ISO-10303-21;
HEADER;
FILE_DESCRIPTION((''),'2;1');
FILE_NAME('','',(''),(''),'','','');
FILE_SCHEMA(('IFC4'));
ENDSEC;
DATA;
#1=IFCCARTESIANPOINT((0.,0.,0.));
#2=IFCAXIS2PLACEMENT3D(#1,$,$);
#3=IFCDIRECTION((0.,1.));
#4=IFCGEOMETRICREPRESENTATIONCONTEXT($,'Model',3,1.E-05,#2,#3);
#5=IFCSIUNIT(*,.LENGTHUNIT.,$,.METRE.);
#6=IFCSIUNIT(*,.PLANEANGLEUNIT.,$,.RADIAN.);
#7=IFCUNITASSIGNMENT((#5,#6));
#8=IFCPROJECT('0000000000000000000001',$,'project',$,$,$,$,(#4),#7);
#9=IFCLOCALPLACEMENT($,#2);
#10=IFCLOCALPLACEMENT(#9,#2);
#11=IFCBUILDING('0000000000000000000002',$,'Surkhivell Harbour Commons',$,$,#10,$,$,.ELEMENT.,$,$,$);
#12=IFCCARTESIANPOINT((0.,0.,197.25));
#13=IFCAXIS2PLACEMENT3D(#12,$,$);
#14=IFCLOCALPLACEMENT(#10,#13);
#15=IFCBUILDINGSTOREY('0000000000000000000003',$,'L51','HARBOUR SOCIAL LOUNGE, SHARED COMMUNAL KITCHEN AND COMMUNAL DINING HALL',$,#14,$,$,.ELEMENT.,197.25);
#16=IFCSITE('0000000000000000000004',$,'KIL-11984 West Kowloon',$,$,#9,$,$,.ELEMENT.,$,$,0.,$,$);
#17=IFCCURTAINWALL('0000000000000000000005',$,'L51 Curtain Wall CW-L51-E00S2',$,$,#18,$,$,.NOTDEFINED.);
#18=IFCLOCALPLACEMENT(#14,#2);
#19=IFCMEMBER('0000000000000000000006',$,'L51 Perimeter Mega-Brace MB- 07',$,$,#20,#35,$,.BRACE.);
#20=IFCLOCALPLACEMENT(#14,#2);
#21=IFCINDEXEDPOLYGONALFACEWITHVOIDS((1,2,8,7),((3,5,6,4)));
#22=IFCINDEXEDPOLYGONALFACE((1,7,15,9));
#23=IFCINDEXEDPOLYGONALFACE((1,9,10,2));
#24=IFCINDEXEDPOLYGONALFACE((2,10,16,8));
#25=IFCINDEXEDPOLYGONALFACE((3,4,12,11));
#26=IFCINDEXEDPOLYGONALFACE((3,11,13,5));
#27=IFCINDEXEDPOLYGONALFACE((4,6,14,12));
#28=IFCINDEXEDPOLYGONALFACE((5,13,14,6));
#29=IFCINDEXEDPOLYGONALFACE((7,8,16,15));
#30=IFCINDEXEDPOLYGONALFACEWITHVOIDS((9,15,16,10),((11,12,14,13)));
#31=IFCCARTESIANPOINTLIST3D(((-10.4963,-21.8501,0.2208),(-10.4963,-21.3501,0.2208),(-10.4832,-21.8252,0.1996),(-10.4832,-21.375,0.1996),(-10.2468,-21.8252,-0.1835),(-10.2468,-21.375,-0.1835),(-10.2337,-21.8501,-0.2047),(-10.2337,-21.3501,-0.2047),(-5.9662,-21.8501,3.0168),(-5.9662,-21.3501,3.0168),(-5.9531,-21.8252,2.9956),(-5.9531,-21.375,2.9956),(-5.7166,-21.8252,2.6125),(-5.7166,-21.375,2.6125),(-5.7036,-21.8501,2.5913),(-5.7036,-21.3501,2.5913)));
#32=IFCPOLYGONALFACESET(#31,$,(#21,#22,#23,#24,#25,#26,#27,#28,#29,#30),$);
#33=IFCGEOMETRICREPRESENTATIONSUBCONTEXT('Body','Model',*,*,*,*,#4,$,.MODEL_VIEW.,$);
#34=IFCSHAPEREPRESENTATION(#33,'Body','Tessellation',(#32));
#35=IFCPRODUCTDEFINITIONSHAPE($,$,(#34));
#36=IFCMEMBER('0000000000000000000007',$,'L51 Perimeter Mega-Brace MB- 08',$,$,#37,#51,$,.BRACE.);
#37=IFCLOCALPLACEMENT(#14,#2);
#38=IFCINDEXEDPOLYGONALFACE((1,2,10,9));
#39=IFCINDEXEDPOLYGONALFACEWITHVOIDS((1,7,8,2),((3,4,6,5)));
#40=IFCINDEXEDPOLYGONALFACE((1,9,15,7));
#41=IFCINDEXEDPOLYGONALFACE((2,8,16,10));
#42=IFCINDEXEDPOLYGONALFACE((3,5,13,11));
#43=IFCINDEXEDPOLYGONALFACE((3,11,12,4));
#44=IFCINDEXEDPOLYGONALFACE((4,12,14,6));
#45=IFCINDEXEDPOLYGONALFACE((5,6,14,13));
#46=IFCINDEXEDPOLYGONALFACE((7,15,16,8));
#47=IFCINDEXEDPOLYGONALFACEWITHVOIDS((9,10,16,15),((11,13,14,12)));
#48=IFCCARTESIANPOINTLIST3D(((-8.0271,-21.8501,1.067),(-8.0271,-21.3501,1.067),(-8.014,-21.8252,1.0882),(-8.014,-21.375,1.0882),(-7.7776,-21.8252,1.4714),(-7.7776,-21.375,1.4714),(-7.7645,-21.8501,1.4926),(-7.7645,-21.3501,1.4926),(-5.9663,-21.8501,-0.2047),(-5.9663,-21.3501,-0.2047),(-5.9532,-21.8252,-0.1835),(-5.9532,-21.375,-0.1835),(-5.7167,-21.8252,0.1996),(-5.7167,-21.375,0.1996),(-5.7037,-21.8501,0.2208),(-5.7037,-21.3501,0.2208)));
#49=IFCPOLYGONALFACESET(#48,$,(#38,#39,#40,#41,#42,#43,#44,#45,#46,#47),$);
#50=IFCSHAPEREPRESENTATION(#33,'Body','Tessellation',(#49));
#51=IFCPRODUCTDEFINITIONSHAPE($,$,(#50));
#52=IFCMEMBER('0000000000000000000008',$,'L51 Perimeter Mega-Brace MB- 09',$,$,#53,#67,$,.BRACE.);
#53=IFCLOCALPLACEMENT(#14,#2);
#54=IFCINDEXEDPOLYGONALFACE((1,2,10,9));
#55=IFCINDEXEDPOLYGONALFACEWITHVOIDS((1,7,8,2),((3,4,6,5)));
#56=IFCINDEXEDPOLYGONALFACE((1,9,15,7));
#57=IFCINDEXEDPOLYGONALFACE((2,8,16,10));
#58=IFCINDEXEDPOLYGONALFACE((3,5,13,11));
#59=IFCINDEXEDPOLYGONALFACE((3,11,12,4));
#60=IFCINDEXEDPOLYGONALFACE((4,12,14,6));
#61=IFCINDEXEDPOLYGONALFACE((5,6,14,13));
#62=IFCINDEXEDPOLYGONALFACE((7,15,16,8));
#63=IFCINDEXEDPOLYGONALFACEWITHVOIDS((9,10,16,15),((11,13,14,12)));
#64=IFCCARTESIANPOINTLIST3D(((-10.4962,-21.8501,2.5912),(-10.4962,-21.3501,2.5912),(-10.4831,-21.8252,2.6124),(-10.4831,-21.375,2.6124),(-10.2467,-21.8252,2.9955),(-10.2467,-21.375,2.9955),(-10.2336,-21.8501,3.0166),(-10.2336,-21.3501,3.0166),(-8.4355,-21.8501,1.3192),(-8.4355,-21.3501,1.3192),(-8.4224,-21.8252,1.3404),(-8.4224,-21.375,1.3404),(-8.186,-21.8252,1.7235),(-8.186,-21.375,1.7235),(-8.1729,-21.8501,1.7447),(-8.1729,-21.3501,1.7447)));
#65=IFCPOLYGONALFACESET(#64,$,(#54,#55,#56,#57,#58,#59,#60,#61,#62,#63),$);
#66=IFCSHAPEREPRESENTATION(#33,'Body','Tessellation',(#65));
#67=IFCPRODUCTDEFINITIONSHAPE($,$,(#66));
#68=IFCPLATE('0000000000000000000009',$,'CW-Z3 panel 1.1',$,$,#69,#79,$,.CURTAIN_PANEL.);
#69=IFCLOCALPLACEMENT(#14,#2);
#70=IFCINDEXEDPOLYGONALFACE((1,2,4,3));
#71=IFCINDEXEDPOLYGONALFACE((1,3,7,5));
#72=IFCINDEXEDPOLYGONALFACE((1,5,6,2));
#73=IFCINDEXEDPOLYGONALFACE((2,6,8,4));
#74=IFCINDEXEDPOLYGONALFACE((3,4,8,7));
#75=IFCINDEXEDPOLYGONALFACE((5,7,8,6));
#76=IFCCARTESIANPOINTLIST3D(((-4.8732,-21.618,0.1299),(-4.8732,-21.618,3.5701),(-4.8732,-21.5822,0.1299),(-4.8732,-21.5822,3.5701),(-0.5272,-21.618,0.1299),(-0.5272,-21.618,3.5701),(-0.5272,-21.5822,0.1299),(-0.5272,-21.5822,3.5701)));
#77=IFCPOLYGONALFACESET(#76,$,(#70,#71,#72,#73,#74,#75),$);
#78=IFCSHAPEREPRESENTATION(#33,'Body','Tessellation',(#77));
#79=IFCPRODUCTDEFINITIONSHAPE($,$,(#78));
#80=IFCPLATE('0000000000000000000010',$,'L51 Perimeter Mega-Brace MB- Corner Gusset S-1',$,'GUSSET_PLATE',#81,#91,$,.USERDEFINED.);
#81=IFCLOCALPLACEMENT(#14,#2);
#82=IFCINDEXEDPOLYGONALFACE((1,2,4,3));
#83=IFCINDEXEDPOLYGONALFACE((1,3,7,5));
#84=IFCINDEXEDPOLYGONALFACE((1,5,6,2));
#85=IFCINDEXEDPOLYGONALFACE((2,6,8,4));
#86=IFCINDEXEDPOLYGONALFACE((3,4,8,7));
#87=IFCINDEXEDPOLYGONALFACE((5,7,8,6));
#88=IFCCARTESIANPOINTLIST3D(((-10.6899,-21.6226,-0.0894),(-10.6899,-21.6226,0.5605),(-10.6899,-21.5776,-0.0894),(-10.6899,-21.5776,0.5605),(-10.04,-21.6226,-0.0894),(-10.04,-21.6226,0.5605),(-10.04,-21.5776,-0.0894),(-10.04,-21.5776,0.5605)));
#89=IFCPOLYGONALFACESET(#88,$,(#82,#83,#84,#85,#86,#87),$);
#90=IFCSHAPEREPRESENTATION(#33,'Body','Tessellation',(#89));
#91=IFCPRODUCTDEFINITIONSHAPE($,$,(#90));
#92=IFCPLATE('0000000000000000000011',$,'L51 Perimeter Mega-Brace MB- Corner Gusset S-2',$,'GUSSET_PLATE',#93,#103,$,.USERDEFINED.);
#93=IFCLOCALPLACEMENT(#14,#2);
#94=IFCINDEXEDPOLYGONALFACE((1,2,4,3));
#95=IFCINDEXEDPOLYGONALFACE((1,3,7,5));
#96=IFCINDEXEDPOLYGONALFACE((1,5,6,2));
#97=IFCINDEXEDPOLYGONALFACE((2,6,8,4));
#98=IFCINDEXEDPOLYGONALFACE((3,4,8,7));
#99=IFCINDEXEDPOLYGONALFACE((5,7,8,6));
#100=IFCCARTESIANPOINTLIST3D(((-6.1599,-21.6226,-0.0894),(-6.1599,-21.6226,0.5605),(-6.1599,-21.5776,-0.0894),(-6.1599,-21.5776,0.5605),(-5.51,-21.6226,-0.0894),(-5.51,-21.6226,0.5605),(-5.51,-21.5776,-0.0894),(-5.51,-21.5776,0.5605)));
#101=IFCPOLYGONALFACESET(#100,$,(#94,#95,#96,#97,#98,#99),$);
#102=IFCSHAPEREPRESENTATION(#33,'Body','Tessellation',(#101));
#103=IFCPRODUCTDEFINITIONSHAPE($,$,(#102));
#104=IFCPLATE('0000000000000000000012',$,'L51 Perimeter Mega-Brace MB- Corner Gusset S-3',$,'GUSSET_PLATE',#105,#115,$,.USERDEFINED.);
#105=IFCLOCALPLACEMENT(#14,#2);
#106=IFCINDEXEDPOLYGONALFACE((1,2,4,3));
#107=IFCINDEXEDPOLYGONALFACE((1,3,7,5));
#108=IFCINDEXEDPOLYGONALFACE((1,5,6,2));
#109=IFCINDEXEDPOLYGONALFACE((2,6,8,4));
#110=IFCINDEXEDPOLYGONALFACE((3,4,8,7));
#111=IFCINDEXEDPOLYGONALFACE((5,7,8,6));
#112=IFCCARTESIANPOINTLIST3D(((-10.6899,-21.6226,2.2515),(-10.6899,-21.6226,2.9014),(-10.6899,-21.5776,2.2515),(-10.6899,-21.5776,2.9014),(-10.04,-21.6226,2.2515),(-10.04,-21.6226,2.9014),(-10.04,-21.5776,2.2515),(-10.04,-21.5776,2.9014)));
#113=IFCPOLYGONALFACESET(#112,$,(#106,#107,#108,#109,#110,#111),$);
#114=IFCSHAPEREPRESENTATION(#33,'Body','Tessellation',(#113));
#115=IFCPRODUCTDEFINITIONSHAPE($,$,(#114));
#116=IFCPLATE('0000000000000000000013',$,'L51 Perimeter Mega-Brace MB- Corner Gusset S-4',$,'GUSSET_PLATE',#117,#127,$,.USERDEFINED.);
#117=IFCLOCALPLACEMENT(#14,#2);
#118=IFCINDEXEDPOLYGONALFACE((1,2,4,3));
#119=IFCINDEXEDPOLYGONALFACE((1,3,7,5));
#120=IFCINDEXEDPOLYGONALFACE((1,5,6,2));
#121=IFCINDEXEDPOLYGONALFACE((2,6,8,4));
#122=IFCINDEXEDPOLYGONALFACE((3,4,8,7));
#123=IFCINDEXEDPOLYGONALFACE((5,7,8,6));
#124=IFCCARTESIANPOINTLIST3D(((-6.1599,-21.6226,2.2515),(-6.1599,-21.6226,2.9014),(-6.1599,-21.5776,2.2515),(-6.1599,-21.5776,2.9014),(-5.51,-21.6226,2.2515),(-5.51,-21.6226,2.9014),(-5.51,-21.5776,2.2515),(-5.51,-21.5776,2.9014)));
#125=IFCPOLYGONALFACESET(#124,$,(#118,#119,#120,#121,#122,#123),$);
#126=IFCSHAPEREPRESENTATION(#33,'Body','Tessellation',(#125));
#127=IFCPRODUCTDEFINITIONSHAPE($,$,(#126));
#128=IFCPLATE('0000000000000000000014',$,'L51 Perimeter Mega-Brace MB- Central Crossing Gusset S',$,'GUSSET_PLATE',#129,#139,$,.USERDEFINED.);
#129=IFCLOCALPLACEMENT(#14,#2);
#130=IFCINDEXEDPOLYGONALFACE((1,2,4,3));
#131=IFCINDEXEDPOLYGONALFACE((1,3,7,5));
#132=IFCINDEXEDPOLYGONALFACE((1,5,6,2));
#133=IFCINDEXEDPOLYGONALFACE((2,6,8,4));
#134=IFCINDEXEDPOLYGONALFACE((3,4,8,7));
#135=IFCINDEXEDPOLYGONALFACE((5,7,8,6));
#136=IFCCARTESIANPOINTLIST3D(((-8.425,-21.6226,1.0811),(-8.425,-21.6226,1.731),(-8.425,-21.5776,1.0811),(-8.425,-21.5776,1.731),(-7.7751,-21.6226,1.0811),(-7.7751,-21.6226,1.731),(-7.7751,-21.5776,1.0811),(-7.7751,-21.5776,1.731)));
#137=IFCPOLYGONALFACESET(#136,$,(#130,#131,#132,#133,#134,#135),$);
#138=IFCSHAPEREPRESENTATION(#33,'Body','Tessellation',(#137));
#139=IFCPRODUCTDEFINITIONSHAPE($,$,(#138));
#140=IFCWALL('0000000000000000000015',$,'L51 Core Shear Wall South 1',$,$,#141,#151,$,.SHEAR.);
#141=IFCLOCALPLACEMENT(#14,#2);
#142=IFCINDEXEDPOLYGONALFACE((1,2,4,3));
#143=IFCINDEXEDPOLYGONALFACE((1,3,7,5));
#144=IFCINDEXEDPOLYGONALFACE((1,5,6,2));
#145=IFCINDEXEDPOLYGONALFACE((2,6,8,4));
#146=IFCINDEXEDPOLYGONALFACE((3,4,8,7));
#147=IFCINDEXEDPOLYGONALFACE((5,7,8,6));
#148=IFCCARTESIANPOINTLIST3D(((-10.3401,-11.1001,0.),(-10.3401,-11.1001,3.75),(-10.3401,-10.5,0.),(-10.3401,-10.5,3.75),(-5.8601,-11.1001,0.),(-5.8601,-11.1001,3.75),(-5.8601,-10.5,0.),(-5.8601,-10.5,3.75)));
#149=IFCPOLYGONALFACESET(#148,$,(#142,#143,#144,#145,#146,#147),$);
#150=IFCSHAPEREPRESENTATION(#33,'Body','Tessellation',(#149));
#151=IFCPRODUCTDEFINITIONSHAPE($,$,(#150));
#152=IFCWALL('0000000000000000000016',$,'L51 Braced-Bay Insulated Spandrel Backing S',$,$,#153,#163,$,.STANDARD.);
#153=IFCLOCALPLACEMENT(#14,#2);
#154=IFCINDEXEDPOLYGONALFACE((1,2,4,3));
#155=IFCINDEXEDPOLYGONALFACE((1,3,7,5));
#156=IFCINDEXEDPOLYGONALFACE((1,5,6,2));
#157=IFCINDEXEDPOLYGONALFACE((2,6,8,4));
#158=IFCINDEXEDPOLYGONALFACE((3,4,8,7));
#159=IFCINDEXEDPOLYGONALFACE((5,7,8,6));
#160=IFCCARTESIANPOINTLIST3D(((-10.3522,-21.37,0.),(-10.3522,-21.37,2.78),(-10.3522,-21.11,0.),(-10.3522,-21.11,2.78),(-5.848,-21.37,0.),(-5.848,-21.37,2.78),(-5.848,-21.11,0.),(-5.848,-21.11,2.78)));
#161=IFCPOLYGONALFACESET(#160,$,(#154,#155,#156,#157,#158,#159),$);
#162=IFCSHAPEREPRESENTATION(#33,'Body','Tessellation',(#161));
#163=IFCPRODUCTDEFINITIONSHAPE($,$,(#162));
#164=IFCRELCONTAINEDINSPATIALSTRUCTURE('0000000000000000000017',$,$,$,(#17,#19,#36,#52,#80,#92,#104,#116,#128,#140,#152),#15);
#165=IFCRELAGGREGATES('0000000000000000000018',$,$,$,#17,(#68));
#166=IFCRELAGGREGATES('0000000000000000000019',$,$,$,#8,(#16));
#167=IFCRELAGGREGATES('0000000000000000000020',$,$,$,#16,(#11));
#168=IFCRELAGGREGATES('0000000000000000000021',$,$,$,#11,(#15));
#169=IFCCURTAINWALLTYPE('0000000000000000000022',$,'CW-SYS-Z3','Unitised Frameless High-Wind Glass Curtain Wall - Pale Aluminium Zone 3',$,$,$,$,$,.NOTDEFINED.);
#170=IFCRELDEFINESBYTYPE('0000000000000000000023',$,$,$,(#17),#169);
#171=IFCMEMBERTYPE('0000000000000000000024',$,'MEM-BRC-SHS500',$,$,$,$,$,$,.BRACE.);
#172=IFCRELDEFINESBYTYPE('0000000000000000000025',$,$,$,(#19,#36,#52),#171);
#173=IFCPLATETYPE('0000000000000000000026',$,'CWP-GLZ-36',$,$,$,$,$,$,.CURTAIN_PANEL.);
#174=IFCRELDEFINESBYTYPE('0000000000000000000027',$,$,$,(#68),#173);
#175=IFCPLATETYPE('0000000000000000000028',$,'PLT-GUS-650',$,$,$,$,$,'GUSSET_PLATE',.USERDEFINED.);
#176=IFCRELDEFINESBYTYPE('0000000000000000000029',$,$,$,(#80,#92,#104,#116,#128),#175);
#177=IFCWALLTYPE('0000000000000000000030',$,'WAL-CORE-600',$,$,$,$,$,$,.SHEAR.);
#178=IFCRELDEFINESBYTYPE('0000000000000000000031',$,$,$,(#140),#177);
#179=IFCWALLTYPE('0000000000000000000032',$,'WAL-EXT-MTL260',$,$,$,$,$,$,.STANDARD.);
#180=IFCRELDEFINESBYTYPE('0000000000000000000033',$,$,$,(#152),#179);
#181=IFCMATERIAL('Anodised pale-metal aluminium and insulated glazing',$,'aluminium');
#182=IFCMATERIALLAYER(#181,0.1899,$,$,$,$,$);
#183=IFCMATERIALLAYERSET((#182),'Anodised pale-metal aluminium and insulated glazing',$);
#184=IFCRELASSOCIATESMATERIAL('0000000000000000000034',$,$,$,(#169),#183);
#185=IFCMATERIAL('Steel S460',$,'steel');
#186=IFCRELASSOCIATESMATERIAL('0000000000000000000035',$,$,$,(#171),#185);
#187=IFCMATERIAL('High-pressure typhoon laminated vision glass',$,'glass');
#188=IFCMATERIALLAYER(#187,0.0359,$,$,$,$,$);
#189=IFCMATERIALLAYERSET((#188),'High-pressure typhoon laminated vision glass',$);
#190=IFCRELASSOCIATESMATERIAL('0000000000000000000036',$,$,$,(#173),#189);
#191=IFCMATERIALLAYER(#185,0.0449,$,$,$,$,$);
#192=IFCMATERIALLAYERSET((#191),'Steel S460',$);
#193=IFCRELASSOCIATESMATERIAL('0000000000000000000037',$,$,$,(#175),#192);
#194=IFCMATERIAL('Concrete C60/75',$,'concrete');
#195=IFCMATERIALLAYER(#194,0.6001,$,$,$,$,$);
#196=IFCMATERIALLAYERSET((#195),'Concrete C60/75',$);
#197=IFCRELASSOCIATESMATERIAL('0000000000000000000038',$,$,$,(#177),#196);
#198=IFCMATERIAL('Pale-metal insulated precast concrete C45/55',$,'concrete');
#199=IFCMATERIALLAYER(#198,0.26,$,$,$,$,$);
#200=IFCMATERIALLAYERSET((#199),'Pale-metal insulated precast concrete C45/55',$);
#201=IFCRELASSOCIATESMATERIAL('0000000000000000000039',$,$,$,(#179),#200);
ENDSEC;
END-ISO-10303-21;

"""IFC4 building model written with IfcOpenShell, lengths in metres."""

from ifc_helpers import new_model, si_unit, direction, frame, frame_2d, origin, origin_2d, place, context, subcontext, project, spatial, rectangle, hollow_rectangle, extrude, material, layer, layer_set, material_profile, profile_set, type_object, element, aggregate, save


model = new_model("IFC4")

# Units and contexts
model_context = context("Model", 3, precision=1e-05, world=origin(), true_north=direction((0.0, 1.0)))
body_context = subcontext(model_context, "Body", "Model", "MODEL_VIEW")
ifc_project = project(units=[si_unit("LENGTHUNIT", "METRE"), si_unit("PLANEANGLEUNIT", "RADIAN")], contexts=[model_context])

# Site, building, storey
site_placement = place(None, origin())
site = spatial("IfcSite", under=ifc_project, at=site_placement, Name="KIL-11984 West Kowloon", CompositionType="ELEMENT", RefElevation=0.0)
building_placement = place(site_placement, origin())
building = spatial("IfcBuilding", under=site, at=building_placement, Name="Surkhivell Harbour Commons", CompositionType="ELEMENT")
storey_placement = place(building_placement, frame((0.0, 0.0, 197.25)))
storey = spatial("IfcBuildingStorey", under=building, at=storey_placement, Name="L51", Description="HARBOUR SOCIAL LOUNGE, SHARED COMMUNAL KITCHEN AND COMMUNAL DINING HALL", CompositionType="ELEMENT", Elevation=197.25)

# Shared definitions
ifc_material_1 = material(Name="Concrete C60/75", Category="concrete")

# Shared definitions
ifc_material_2 = material(Name="Anodised pale-metal aluminium and insulated glazing", Category="aluminium")
ifc_layer_1 = layer(ifc_material_2, 0.1899)
ifc_layer_set_1 = layer_set([ifc_layer_1], Name="Anodised pale-metal aluminium and insulated glazing")
curtain_wall_type = type_object("IfcCurtainWallType", Name="CW-SYS-Z3", Description="Unitised Frameless High-Wind Glass Curtain Wall - Pale Aluminium Zone 3", PredefinedType="NOTDEFINED", material=ifc_layer_set_1)

# Curtain wall
curtain_wall_1_placement = place(storey_placement, origin())
curtain_wall_1 = element("IfcCurtainWall", 1, at=curtain_wall_1_placement, inside=storey, type_object=curtain_wall_type, Name="L51 Curtain Wall CW-L51-E00S2", PredefinedType="NOTDEFINED")

# Members
ifc_material_3 = material(Name="Steel S460", Category="steel")
ifc_material_profile_1 = material_profile(ifc_material_3, hollow_rectangle(XDim=0.5, YDim=0.5, WallThickness=0.0249, at=origin_2d()), Name="SHS500x500x25")
ifc_profile_set_1 = profile_set([ifc_material_profile_1], Name="Steel S460")
member_type_1 = type_object("IfcMemberType", Name="MEM-BRC-SHS500", PredefinedType="BRACE", material=ifc_profile_set_1)
member_1_placement = place(storey_placement, frame((-10.365, -21.6001, 0.0081), z_axis=(0.850971, 0.0, 0.525213), x_axis=(0.0, 1.0, 0.0)))
element("IfcMember", 2, at=member_1_placement, inside=storey, type_object=member_type_1, Name="L51 Perimeter Mega-Brace MB- 07", PredefinedType="BRACE", context=body_context, shape_type="SweptSolid", body=[
    extrude(hollow_rectangle(XDim=0.5, YDim=0.5, WallThickness=0.0249, at=origin_2d()), origin(), (0.0, 0.0, 1.0), 5.3235),
])
for number, where, z_axis, x_axis, name in (
    (3, (-5.835, -21.6001, 0.0081), (-0.851003, 0.0, 0.52516), (0.0, -1.0, 0.0), "L51 Perimeter Mega-Brace MB- 08"),
    (4, (-8.3042, -21.6001, 1.532), (-0.850958, 0.0, 0.525233), (0.0, -1.0, 0.0), "L51 Perimeter Mega-Brace MB- 09"),
):
    element("IfcMember", number, at=place(storey_placement, frame(where, z_axis=z_axis, x_axis=x_axis)), inside=storey, type_object=member_type_1, Name=name, PredefinedType="BRACE", context=body_context, shape_type="SweptSolid", body=[
        extrude(hollow_rectangle(XDim=0.5, YDim=0.5, WallThickness=0.0249, at=origin_2d()), origin(), (0.0, 0.0, 1.0), 2.4216),
    ])

# Plate
ifc_material_4 = material(Name="High-pressure typhoon laminated vision glass", Category="glass")
ifc_layer_2 = layer(ifc_material_4, 0.0359)
ifc_layer_set_2 = layer_set([ifc_layer_2], Name="High-pressure typhoon laminated vision glass")
plate_type_1 = type_object("IfcPlateType", Name="CWP-GLZ-36", PredefinedType="CURTAIN_PANEL", material=ifc_layer_set_2)
plate_placement = place(storey_placement, frame((-4.873, -21.6001, 0.1299), z_axis=(0.0, 0.0, 1.0), x_axis=(1.0, 0.0, 0.0)))
plate = element("IfcPlate", 5, at=plate_placement, type_object=plate_type_1, Name="CW-Z3 panel 1.1", PredefinedType="CURTAIN_PANEL", context=body_context, shape_type="SweptSolid", body=[
    extrude(rectangle(XDim=4.3459, YDim=0.0359, at=frame_2d((2.1729, 0.0))), origin(), (0.0, 0.0, 1.0), 3.4402),
])
aggregate(curtain_wall_1, [plate])

# Plates
ifc_layer_3 = layer(ifc_material_3, 0.0449)
ifc_layer_set_3 = layer_set([ifc_layer_3], Name="Steel S460")
plate_type_2 = type_object("IfcPlateType", Name="PLT-GUS-650", ElementType="GUSSET_PLATE", PredefinedType="USERDEFINED", material=ifc_layer_set_3)
for number, where, z_axis, x_axis, name in (
    (6, (-10.365, -21.6001, -0.0894), (0.0, 0.0, 1.0), (1.0, 0.0, 0.0), "L51 Perimeter Mega-Brace MB- Corner Gusset S-1"),
    (7, (-5.835, -21.6001, -0.0894), (0.0, 0.0, 1.0), (1.0, 0.0, 0.0), "L51 Perimeter Mega-Brace MB- Corner Gusset S-2"),
    (8, (-10.365, -21.6001, 2.2515), (0.0, 0.0, 1.0), (1.0, 0.0, 0.0), "L51 Perimeter Mega-Brace MB- Corner Gusset S-3"),
    (9, (-5.835, -21.6001, 2.2515), (0.0, 0.0, 1.0), (1.0, 0.0, 0.0), "L51 Perimeter Mega-Brace MB- Corner Gusset S-4"),
    (10, (-8.1001, -21.6001, 1.0811), (0.0, 0.0, 1.0), (1.0, 0.0, 0.0), "L51 Perimeter Mega-Brace MB- Central Crossing Gusset S"),
):
    element("IfcPlate", number, at=place(storey_placement, frame(where, z_axis=z_axis, x_axis=x_axis)), inside=storey, type_object=plate_type_2, Name=name, ObjectType="GUSSET_PLATE", PredefinedType="USERDEFINED", context=body_context, shape_type="SweptSolid", body=[
        extrude(rectangle(XDim=0.6499, YDim=0.0449, at=origin_2d()), origin(), (0.0, 0.0, 1.0), 0.6499),
    ])

# Walls
ifc_layer_4 = layer(ifc_material_1, 0.6001)
ifc_layer_set_4 = layer_set([ifc_layer_4], Name="Concrete C60/75")
wall_type_1 = type_object("IfcWallType", Name="WAL-CORE-600", PredefinedType="SHEAR", material=ifc_layer_set_4)
wall_1_placement = place(storey_placement, frame((-10.3401, -10.8, 0.0), z_axis=(0.0, 0.0, 1.0), x_axis=(1.0, 0.0, 0.0)))
element("IfcWall", 11, at=wall_1_placement, inside=storey, type_object=wall_type_1, Name="L51 Core Shear Wall South 1", PredefinedType="SHEAR", context=body_context, shape_type="SweptSolid", body=[
    extrude(rectangle(XDim=4.48, YDim=0.6001, at=frame_2d((2.24, 0.0))), origin(), (0.0, 0.0, 1.0), 3.75),
])
ifc_material_5 = material(Name="Pale-metal insulated precast concrete C45/55", Category="concrete")
ifc_layer_5 = layer(ifc_material_5, 0.26)
ifc_layer_set_5 = layer_set([ifc_layer_5], Name="Pale-metal insulated precast concrete C45/55")
wall_type_2 = type_object("IfcWallType", Name="WAL-EXT-MTL260", PredefinedType="STANDARD", material=ifc_layer_set_5)
wall_2_placement = place(storey_placement, frame((-10.3521, -21.24, 0.0), z_axis=(0.0, 0.0, 1.0), x_axis=(1.0, 0.0, 0.0)))
element("IfcWall", 12, at=wall_2_placement, inside=storey, type_object=wall_type_2, Name="L51 Braced-Bay Insulated Spandrel Backing S", PredefinedType="STANDARD", context=body_context, shape_type="SweptSolid", body=[
    extrude(rectangle(XDim=4.5042, YDim=0.26, at=frame_2d((2.252, 0.0))), origin(), (0.0, 0.0, 1.0), 2.78),
])

save(model, "model.ifc")
